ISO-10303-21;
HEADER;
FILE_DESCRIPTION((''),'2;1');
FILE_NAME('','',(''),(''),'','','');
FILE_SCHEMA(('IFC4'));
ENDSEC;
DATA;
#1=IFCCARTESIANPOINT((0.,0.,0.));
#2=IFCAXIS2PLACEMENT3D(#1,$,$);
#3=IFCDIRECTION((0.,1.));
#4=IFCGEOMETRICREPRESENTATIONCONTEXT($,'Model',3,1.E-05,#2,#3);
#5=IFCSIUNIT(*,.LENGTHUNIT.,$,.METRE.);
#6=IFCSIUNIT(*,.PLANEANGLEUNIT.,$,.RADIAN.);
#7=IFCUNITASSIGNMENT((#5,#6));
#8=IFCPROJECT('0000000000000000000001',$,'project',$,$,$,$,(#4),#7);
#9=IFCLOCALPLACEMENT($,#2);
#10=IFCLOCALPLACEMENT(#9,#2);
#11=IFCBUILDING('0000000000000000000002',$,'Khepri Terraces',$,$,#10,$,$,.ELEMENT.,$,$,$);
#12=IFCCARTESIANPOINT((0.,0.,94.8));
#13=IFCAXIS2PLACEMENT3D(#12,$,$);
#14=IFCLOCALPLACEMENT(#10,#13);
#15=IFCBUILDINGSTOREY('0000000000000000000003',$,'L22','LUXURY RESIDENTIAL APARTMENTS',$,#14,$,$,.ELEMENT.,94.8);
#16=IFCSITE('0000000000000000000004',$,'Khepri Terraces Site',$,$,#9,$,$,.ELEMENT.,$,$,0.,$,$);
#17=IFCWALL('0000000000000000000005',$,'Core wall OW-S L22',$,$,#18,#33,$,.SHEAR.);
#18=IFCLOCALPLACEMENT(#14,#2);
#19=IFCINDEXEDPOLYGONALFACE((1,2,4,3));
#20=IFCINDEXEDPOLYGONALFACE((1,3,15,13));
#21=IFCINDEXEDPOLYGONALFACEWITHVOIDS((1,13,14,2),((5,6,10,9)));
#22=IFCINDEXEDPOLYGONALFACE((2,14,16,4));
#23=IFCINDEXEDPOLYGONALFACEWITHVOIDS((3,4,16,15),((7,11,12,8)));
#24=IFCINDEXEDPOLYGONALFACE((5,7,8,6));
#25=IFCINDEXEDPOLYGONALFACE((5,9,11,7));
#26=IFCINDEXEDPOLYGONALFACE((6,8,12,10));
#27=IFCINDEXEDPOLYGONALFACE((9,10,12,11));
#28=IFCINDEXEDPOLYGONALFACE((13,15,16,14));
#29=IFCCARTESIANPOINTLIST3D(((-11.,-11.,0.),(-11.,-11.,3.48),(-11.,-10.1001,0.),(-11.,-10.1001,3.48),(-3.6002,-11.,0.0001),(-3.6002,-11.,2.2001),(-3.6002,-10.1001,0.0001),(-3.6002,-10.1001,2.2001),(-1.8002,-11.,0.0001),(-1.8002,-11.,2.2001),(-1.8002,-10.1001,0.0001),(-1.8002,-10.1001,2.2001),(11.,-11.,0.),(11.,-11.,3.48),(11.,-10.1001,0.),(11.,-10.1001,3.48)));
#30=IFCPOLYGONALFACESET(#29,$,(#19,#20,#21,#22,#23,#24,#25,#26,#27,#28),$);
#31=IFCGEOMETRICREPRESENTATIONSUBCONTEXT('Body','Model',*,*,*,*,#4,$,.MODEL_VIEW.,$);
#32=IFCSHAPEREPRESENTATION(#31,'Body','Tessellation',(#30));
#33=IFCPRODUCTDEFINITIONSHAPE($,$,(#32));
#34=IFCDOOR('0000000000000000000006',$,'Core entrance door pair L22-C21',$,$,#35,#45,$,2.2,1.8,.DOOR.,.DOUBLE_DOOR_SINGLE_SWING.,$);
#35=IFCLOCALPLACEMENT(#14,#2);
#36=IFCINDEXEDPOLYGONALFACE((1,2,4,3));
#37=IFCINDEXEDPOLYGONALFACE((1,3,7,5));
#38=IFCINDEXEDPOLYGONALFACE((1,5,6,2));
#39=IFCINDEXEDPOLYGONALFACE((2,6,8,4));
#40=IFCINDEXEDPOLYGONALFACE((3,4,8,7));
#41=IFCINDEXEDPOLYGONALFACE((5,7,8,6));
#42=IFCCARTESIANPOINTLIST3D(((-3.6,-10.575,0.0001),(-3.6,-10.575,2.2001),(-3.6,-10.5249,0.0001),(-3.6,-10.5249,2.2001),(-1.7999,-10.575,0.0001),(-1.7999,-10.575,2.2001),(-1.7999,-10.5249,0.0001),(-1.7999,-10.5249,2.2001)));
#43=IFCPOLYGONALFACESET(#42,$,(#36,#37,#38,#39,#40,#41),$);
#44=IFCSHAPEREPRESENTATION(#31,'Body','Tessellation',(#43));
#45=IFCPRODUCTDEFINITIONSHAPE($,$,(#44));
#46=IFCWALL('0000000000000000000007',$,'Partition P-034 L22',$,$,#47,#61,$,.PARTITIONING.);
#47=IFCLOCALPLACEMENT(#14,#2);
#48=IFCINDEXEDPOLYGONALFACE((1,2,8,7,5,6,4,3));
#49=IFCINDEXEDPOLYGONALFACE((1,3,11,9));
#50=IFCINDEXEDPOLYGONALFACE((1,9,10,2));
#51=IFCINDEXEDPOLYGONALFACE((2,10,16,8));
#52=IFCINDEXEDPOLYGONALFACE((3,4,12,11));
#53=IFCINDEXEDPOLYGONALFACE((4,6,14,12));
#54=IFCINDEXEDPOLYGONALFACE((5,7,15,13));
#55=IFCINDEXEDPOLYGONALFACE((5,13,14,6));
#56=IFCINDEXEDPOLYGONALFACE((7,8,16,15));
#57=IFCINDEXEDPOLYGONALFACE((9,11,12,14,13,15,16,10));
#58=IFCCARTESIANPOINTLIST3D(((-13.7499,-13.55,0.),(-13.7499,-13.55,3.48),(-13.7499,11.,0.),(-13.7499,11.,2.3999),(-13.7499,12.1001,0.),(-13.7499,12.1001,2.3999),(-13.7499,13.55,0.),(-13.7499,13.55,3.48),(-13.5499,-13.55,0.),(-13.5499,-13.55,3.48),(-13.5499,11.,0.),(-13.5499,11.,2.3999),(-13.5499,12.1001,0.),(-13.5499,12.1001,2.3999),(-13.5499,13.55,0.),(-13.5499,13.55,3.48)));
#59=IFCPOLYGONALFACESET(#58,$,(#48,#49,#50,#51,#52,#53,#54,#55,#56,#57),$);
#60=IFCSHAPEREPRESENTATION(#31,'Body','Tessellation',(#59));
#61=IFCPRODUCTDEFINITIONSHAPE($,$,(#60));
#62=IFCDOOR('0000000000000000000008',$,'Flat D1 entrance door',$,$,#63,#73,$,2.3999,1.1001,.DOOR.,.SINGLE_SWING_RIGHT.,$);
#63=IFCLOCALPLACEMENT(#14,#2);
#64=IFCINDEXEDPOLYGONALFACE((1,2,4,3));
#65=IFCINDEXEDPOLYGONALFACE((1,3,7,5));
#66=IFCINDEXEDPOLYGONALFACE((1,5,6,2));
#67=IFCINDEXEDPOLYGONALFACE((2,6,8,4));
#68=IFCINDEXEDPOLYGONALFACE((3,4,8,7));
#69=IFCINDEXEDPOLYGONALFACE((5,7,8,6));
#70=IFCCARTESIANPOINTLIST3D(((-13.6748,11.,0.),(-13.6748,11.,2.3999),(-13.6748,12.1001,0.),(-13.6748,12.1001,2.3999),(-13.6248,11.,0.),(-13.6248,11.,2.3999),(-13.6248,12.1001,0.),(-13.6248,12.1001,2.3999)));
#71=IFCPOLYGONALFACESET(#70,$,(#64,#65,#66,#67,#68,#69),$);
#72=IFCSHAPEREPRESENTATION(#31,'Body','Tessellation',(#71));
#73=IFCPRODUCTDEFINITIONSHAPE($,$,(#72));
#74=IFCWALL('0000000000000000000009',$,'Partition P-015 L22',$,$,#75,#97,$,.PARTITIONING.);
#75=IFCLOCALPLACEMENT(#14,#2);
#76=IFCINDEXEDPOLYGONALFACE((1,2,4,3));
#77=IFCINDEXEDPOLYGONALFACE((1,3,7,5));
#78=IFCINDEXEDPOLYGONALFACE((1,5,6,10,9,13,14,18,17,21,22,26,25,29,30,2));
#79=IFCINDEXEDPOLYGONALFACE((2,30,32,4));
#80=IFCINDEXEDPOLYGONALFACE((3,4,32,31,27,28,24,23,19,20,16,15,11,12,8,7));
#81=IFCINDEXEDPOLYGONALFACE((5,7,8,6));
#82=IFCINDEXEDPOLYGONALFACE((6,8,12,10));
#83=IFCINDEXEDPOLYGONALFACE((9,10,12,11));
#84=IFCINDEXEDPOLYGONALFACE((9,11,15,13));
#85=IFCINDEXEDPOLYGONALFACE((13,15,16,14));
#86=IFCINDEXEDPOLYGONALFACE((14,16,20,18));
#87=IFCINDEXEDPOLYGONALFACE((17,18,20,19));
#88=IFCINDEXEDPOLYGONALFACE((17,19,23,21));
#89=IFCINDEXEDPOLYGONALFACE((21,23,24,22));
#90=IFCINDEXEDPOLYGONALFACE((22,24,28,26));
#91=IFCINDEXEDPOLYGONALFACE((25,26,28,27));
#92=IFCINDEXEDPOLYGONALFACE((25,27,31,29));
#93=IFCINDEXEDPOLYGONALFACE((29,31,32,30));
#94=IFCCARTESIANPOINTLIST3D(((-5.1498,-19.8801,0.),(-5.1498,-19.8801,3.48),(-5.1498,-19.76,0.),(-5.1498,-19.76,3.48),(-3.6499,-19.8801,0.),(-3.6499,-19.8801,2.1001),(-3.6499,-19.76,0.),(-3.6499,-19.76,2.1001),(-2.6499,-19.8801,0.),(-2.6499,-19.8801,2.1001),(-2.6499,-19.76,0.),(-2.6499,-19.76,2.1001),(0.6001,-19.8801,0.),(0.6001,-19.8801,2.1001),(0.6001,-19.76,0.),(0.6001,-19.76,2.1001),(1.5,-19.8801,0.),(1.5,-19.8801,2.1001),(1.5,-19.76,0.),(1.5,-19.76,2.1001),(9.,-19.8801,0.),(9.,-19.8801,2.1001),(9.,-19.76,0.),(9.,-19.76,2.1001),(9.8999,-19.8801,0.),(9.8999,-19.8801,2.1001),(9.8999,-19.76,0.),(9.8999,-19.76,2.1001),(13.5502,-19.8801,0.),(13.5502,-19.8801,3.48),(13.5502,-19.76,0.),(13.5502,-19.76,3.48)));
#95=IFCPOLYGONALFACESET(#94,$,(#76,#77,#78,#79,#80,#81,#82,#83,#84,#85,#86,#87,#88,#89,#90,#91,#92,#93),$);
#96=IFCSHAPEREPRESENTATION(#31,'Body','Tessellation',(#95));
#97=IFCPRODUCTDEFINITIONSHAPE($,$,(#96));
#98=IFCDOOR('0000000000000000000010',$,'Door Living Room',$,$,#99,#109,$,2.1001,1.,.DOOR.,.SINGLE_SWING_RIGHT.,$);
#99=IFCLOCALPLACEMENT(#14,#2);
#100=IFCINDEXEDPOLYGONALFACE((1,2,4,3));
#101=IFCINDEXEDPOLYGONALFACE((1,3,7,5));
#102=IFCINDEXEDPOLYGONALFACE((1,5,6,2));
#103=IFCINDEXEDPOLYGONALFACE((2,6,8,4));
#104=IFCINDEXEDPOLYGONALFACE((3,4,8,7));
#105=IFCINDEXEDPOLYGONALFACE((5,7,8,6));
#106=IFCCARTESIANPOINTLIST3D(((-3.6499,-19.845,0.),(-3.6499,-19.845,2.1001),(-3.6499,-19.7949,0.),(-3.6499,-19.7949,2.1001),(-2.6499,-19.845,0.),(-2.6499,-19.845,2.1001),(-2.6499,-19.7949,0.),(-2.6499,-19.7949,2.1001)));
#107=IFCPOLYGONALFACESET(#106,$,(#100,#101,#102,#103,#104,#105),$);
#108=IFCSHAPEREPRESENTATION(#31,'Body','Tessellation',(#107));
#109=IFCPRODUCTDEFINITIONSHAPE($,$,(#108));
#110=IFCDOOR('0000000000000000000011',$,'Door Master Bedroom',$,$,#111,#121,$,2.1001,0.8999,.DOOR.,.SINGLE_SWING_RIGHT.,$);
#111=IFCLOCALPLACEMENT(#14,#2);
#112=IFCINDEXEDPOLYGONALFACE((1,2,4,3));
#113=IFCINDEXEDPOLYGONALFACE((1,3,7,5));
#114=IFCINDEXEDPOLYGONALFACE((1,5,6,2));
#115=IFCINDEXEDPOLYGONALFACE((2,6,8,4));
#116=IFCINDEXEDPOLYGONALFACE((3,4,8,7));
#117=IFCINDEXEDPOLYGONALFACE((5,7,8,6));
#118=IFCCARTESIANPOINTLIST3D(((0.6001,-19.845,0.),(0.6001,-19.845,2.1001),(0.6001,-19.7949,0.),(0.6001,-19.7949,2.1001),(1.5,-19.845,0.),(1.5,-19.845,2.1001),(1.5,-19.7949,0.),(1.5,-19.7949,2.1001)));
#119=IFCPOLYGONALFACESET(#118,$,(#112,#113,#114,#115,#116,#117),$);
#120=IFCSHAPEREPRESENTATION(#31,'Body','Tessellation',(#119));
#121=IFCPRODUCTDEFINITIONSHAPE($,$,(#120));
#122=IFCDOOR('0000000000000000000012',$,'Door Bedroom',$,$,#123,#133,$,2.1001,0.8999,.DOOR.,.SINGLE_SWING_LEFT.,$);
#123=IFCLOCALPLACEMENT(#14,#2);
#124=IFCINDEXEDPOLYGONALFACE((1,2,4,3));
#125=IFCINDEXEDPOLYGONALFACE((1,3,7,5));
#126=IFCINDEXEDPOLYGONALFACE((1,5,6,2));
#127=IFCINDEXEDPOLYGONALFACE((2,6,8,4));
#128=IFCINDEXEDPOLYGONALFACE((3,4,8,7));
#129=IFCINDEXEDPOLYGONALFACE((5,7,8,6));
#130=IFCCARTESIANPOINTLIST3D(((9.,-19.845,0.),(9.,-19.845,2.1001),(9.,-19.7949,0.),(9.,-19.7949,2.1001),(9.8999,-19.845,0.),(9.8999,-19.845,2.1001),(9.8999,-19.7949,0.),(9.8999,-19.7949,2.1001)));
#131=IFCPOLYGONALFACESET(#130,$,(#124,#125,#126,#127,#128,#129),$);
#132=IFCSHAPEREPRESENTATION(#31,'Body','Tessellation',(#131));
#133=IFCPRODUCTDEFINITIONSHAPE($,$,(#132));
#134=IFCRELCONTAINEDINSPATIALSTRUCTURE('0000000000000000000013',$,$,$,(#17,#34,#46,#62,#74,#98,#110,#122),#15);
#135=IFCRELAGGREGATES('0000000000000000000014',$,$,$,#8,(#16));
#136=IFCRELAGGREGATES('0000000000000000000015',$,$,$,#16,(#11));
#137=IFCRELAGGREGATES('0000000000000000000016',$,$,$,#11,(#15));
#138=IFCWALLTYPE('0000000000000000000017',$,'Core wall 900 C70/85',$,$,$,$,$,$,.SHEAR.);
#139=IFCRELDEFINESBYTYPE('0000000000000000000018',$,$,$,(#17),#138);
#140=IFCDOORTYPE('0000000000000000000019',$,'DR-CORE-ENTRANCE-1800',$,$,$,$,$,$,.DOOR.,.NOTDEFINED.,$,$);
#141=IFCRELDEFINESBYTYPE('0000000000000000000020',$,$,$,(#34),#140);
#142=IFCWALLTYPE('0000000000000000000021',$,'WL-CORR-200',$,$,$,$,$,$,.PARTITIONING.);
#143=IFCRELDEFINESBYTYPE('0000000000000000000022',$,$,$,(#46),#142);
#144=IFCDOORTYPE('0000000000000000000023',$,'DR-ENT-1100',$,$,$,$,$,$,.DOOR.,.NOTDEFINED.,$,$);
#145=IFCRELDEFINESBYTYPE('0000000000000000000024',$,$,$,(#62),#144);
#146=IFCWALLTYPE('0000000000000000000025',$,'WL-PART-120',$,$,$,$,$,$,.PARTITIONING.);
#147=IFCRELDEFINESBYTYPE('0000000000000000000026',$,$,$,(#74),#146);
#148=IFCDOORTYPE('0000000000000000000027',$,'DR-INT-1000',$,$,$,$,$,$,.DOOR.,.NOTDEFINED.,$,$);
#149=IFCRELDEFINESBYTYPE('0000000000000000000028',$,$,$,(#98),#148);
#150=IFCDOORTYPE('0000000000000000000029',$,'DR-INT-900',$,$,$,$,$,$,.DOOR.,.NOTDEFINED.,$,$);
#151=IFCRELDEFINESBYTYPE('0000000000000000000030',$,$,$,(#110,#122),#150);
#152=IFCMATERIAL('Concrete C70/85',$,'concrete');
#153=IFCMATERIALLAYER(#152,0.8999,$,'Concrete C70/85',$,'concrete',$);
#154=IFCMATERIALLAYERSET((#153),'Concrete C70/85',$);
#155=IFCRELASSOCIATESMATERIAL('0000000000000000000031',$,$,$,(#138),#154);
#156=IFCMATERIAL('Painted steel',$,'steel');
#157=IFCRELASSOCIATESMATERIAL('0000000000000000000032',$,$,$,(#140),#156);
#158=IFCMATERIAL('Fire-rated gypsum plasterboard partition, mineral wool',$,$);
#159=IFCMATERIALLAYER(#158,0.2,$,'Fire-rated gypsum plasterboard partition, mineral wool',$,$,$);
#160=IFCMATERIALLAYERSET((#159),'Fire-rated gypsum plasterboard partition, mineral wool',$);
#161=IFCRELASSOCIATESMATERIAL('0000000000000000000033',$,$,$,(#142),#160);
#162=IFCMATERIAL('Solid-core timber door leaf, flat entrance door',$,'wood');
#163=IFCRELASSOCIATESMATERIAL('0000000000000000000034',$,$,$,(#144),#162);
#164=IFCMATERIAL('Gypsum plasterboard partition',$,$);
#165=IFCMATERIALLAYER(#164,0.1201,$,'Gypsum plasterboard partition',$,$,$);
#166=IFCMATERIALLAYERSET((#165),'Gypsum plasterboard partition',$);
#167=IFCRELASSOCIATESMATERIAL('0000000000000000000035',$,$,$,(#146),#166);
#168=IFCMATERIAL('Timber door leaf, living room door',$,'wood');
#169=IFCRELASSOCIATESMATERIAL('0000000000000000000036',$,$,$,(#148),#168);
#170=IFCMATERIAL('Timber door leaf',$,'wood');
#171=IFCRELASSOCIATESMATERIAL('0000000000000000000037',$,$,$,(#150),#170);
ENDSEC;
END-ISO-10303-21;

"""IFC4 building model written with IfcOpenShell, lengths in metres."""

from ifc_helpers import new_model, si_unit, direction, frame, frame_2d, origin, place, context, subcontext, project, spatial, rectangle, extrude, material, layer, layer_set, type_object, element, fill, save


model = new_model("IFC4")

# Units and contexts
model_context = context("Model", 3, precision=1e-05, world=origin(), true_north=direction((0.0, 1.0)))
body_context = subcontext(model_context, "Body", "Model", "MODEL_VIEW")
ifc_project = project(units=[si_unit("LENGTHUNIT", "METRE"), si_unit("PLANEANGLEUNIT", "RADIAN")], contexts=[model_context])

# Site, building, storey
site_placement = place(None, origin())
site = spatial("IfcSite", under=ifc_project, at=site_placement, Name="Khepri Terraces Site", CompositionType="ELEMENT", RefElevation=0.0)
building_placement = place(site_placement, origin())
building = spatial("IfcBuilding", under=site, at=building_placement, Name="Khepri Terraces", CompositionType="ELEMENT")
storey_placement = place(building_placement, frame((0.0, 0.0, 94.8)))
storey = spatial("IfcBuildingStorey", under=building, at=storey_placement, Name="L22", Description="LUXURY RESIDENTIAL APARTMENTS", CompositionType="ELEMENT", Elevation=94.8)

# Walls, openings, doors
ifc_material_1 = material(Name="Concrete C70/85", Category="concrete")
ifc_layer_1 = layer(ifc_material_1, 0.8999, Name="Concrete C70/85", Category="concrete")
ifc_layer_set_1 = layer_set([ifc_layer_1], Name="Concrete C70/85")
wall_type_1 = type_object("IfcWallType", Name="Core wall 900 C70/85", PredefinedType="SHEAR", material=ifc_layer_set_1)
wall_1_placement = place(storey_placement, frame((-11.0, -10.55, 0.0), z_axis=(0.0, 0.0, 1.0), x_axis=(1.0, 0.0, 0.0)))
wall_1 = element("IfcWall", 1, at=wall_1_placement, inside=storey, type_object=wall_type_1, Name="Core wall OW-S L22", PredefinedType="SHEAR", context=body_context, shape_type="SweptSolid", body=[
    extrude(rectangle(XDim=22.0, YDim=0.8999, at=frame_2d((11.0, 0.0))), origin(), (0.0, 0.0, 1.0), 3.48),
])
opening_1_placement = place(wall_1_placement, frame((7.3999, 0.0, 0.0)))
opening_1 = element("IfcOpeningElement", 2, at=opening_1_placement, cuts=wall_1, PredefinedType="OPENING", context=body_context, shape_type="SweptSolid", body=[
    extrude(rectangle(XDim=1.8, YDim=2.2, at=frame_2d((0.8999, 1.1001))), frame((0.0, 0.46, 0.0), z_axis=(0.0, -1.0, 0.0), x_axis=(1.0, 0.0, 0.0)), (0.0, 0.0, 1.0), 0.9199),
])
ifc_material_2 = material(Name="Painted steel", Category="steel")
door_type_1 = type_object("IfcDoorType", Name="DR-CORE-ENTRANCE-1800", OperationType="NOTDEFINED", PredefinedType="DOOR", material=ifc_material_2)
door_1_placement = place(opening_1_placement, frame((1.8, 0.0, 0.0), z_axis=(0.0, 0.0, 1.0), x_axis=(-1.0, 0.0, 0.0)))
door_1 = element("IfcDoor", 3, at=door_1_placement, inside=storey, type_object=door_type_1, Name="Core entrance door pair L22-C21", OperationType="DOUBLE_DOOR_SINGLE_SWING", OverallHeight=2.2, OverallWidth=1.8, PredefinedType="DOOR", context=body_context, shape_type="SweptSolid", body=[
    extrude(rectangle(XDim=1.8, YDim=2.2, at=frame_2d((0.8999, 1.1001))), frame((0.0, 0.0249, 0.0), z_axis=(0.0, -1.0, 0.0), x_axis=(1.0, 0.0, 0.0)), (0.0, 0.0, 1.0), 0.05),
])
fill(opening_1, door_1)
ifc_material_3 = material(Name="Fire-rated gypsum plasterboard partition, mineral wool")
ifc_layer_2 = layer(ifc_material_3, 0.2, Name="Fire-rated gypsum plasterboard partition, mineral wool")
ifc_layer_set_2 = layer_set([ifc_layer_2], Name="Fire-rated gypsum plasterboard partition, mineral wool")
wall_type_2 = type_object("IfcWallType", Name="WL-CORR-200", PredefinedType="PARTITIONING", material=ifc_layer_set_2)
wall_2_placement = place(storey_placement, frame((-13.6499, -13.55, 0.0), z_axis=(0.0, 0.0, 1.0), x_axis=(0.0, 1.0, 0.0)))
wall_2 = element("IfcWall", 4, at=wall_2_placement, inside=storey, type_object=wall_type_2, Name="Partition P-034 L22", PredefinedType="PARTITIONING", context=body_context, shape_type="SweptSolid", body=[
    extrude(rectangle(XDim=27.1001, YDim=0.2, at=frame_2d((13.55, 0.0))), origin(), (0.0, 0.0, 1.0), 3.48),
])
opening_2_placement = place(wall_2_placement, frame((24.55, 0.0, 0.0)))
opening_2 = element("IfcOpeningElement", 5, at=opening_2_placement, cuts=wall_2, PredefinedType="OPENING", context=body_context, shape_type="SweptSolid", body=[
    extrude(rectangle(XDim=1.1001, YDim=2.3999, at=frame_2d((0.55, 1.2))), frame((0.0, 0.1099, 0.0), z_axis=(0.0, -1.0, 0.0), x_axis=(1.0, 0.0, 0.0)), (0.0, 0.0, 1.0), 0.22),
])
ifc_material_4 = material(Name="Solid-core timber door leaf, flat entrance door", Category="wood")
door_type_2 = type_object("IfcDoorType", Name="DR-ENT-1100", OperationType="NOTDEFINED", PredefinedType="DOOR", material=ifc_material_4)
door_2_placement = place(opening_2_placement, origin())
door_2 = element("IfcDoor", 6, at=door_2_placement, inside=storey, type_object=door_type_2, Name="Flat D1 entrance door", OperationType="SINGLE_SWING_RIGHT", OverallHeight=2.3999, OverallWidth=1.1001, PredefinedType="DOOR", context=body_context, shape_type="SweptSolid", body=[
    extrude(rectangle(XDim=1.1001, YDim=2.3999, at=frame_2d((0.55, 1.2))), frame((0.0, 0.0249, 0.0), z_axis=(0.0, -1.0, 0.0), x_axis=(1.0, 0.0, 0.0)), (0.0, 0.0, 1.0), 0.05),
])
fill(opening_2, door_2)

# Wall, openings, doors
ifc_material_5 = material(Name="Gypsum plasterboard partition")
ifc_layer_3 = layer(ifc_material_5, 0.1201, Name="Gypsum plasterboard partition")
ifc_layer_set_3 = layer_set([ifc_layer_3], Name="Gypsum plasterboard partition")
wall_type_3 = type_object("IfcWallType", Name="WL-PART-120", PredefinedType="PARTITIONING", material=ifc_layer_set_3)
wall_3_placement = place(storey_placement, frame((-5.1499, -19.8201, 0.0), z_axis=(0.0, 0.0, 1.0), x_axis=(1.0, 0.0, 0.0)))
wall_3 = element("IfcWall", 7, at=wall_3_placement, inside=storey, type_object=wall_type_3, Name="Partition P-015 L22", PredefinedType="PARTITIONING", context=body_context, shape_type="SweptSolid", body=[
    extrude(rectangle(XDim=18.7, YDim=0.1201, at=frame_2d((9.3501, 0.0))), origin(), (0.0, 0.0, 1.0), 3.48),
])
opening_3_placement = place(wall_3_placement, frame((1.5, 0.0, 0.0)))
opening_3 = element("IfcOpeningElement", 8, at=opening_3_placement, cuts=wall_3, PredefinedType="OPENING", context=body_context, shape_type="SweptSolid", body=[
    extrude(rectangle(XDim=1.0, YDim=2.1001, at=frame_2d((0.5, 1.05))), frame((0.0, 0.0701, 0.0), z_axis=(0.0, -1.0, 0.0), x_axis=(1.0, 0.0, 0.0)), (0.0, 0.0, 1.0), 0.1401),
])
opening_4_placement = place(wall_3_placement, frame((5.75, 0.0, 0.0)))
opening_4 = element("IfcOpeningElement", 9, at=opening_4_placement, cuts=wall_3, PredefinedType="OPENING", context=body_context, shape_type="SweptSolid", body=[
    extrude(rectangle(XDim=0.8999, YDim=2.1001, at=frame_2d((0.45, 1.05))), frame((0.0, 0.0701, 0.0), z_axis=(0.0, -1.0, 0.0), x_axis=(1.0, 0.0, 0.0)), (0.0, 0.0, 1.0), 0.1401),
])
opening_5_placement = place(wall_3_placement, frame((14.1499, 0.0, 0.0)))
opening_5 = element("IfcOpeningElement", 10, at=opening_5_placement, cuts=wall_3, PredefinedType="OPENING", context=body_context, shape_type="SweptSolid", body=[
    extrude(rectangle(XDim=0.8999, YDim=2.1001, at=frame_2d((0.45, 1.05))), frame((0.0, 0.0701, 0.0), z_axis=(0.0, -1.0, 0.0), x_axis=(1.0, 0.0, 0.0)), (0.0, 0.0, 1.0), 0.1401),
])
ifc_material_6 = material(Name="Timber door leaf, living room door", Category="wood")
door_type_3 = type_object("IfcDoorType", Name="DR-INT-1000", OperationType="NOTDEFINED", PredefinedType="DOOR", material=ifc_material_6)
door_3_placement = place(opening_3_placement, frame((1.0, 0.0, 0.0), z_axis=(0.0, 0.0, 1.0), x_axis=(-1.0, 0.0, 0.0)))
door_3 = element("IfcDoor", 11, at=door_3_placement, inside=storey, type_object=door_type_3, Name="Door Living Room", OperationType="SINGLE_SWING_RIGHT", OverallHeight=2.1001, OverallWidth=1.0, PredefinedType="DOOR", context=body_context, shape_type="SweptSolid", body=[
    extrude(rectangle(XDim=1.0, YDim=2.1001, at=frame_2d((0.5, 1.05))), frame((0.0, 0.0249, 0.0), z_axis=(0.0, -1.0, 0.0), x_axis=(1.0, 0.0, 0.0)), (0.0, 0.0, 1.0), 0.05),
])
fill(opening_3, door_3)
ifc_material_7 = material(Name="Timber door leaf", Category="wood")
door_type_4 = type_object("IfcDoorType", Name="DR-INT-900", OperationType="NOTDEFINED", PredefinedType="DOOR", material=ifc_material_7)
door_4_placement = place(opening_4_placement, frame((0.8999, 0.0, 0.0), z_axis=(0.0, 0.0, 1.0), x_axis=(-1.0, 0.0, 0.0)))
door_4 = element("IfcDoor", 12, at=door_4_placement, inside=storey, type_object=door_type_4, Name="Door Master Bedroom", OperationType="SINGLE_SWING_RIGHT", OverallHeight=2.1001, OverallWidth=0.8999, PredefinedType="DOOR", context=body_context, shape_type="SweptSolid", body=[
    extrude(rectangle(XDim=0.8999, YDim=2.1001, at=frame_2d((0.45, 1.05))), frame((0.0, 0.0249, 0.0), z_axis=(0.0, -1.0, 0.0), x_axis=(1.0, 0.0, 0.0)), (0.0, 0.0, 1.0), 0.05),
])
fill(opening_4, door_4)
door_5_placement = place(opening_5_placement, frame((0.8999, 0.0, 0.0), z_axis=(0.0, 0.0, 1.0), x_axis=(-1.0, 0.0, 0.0)))
door_5 = element("IfcDoor", 13, at=door_5_placement, inside=storey, type_object=door_type_4, Name="Door Bedroom", OperationType="SINGLE_SWING_LEFT", OverallHeight=2.1001, OverallWidth=0.8999, PredefinedType="DOOR", context=body_context, shape_type="SweptSolid", body=[
    extrude(rectangle(XDim=0.8999, YDim=2.1001, at=frame_2d((0.45, 1.05))), frame((0.0, 0.0249, 0.0), z_axis=(0.0, -1.0, 0.0), x_axis=(1.0, 0.0, 0.0)), (0.0, 0.0, 1.0), 0.05),
])
fill(opening_5, door_5)

save(model, "model.ifc")
